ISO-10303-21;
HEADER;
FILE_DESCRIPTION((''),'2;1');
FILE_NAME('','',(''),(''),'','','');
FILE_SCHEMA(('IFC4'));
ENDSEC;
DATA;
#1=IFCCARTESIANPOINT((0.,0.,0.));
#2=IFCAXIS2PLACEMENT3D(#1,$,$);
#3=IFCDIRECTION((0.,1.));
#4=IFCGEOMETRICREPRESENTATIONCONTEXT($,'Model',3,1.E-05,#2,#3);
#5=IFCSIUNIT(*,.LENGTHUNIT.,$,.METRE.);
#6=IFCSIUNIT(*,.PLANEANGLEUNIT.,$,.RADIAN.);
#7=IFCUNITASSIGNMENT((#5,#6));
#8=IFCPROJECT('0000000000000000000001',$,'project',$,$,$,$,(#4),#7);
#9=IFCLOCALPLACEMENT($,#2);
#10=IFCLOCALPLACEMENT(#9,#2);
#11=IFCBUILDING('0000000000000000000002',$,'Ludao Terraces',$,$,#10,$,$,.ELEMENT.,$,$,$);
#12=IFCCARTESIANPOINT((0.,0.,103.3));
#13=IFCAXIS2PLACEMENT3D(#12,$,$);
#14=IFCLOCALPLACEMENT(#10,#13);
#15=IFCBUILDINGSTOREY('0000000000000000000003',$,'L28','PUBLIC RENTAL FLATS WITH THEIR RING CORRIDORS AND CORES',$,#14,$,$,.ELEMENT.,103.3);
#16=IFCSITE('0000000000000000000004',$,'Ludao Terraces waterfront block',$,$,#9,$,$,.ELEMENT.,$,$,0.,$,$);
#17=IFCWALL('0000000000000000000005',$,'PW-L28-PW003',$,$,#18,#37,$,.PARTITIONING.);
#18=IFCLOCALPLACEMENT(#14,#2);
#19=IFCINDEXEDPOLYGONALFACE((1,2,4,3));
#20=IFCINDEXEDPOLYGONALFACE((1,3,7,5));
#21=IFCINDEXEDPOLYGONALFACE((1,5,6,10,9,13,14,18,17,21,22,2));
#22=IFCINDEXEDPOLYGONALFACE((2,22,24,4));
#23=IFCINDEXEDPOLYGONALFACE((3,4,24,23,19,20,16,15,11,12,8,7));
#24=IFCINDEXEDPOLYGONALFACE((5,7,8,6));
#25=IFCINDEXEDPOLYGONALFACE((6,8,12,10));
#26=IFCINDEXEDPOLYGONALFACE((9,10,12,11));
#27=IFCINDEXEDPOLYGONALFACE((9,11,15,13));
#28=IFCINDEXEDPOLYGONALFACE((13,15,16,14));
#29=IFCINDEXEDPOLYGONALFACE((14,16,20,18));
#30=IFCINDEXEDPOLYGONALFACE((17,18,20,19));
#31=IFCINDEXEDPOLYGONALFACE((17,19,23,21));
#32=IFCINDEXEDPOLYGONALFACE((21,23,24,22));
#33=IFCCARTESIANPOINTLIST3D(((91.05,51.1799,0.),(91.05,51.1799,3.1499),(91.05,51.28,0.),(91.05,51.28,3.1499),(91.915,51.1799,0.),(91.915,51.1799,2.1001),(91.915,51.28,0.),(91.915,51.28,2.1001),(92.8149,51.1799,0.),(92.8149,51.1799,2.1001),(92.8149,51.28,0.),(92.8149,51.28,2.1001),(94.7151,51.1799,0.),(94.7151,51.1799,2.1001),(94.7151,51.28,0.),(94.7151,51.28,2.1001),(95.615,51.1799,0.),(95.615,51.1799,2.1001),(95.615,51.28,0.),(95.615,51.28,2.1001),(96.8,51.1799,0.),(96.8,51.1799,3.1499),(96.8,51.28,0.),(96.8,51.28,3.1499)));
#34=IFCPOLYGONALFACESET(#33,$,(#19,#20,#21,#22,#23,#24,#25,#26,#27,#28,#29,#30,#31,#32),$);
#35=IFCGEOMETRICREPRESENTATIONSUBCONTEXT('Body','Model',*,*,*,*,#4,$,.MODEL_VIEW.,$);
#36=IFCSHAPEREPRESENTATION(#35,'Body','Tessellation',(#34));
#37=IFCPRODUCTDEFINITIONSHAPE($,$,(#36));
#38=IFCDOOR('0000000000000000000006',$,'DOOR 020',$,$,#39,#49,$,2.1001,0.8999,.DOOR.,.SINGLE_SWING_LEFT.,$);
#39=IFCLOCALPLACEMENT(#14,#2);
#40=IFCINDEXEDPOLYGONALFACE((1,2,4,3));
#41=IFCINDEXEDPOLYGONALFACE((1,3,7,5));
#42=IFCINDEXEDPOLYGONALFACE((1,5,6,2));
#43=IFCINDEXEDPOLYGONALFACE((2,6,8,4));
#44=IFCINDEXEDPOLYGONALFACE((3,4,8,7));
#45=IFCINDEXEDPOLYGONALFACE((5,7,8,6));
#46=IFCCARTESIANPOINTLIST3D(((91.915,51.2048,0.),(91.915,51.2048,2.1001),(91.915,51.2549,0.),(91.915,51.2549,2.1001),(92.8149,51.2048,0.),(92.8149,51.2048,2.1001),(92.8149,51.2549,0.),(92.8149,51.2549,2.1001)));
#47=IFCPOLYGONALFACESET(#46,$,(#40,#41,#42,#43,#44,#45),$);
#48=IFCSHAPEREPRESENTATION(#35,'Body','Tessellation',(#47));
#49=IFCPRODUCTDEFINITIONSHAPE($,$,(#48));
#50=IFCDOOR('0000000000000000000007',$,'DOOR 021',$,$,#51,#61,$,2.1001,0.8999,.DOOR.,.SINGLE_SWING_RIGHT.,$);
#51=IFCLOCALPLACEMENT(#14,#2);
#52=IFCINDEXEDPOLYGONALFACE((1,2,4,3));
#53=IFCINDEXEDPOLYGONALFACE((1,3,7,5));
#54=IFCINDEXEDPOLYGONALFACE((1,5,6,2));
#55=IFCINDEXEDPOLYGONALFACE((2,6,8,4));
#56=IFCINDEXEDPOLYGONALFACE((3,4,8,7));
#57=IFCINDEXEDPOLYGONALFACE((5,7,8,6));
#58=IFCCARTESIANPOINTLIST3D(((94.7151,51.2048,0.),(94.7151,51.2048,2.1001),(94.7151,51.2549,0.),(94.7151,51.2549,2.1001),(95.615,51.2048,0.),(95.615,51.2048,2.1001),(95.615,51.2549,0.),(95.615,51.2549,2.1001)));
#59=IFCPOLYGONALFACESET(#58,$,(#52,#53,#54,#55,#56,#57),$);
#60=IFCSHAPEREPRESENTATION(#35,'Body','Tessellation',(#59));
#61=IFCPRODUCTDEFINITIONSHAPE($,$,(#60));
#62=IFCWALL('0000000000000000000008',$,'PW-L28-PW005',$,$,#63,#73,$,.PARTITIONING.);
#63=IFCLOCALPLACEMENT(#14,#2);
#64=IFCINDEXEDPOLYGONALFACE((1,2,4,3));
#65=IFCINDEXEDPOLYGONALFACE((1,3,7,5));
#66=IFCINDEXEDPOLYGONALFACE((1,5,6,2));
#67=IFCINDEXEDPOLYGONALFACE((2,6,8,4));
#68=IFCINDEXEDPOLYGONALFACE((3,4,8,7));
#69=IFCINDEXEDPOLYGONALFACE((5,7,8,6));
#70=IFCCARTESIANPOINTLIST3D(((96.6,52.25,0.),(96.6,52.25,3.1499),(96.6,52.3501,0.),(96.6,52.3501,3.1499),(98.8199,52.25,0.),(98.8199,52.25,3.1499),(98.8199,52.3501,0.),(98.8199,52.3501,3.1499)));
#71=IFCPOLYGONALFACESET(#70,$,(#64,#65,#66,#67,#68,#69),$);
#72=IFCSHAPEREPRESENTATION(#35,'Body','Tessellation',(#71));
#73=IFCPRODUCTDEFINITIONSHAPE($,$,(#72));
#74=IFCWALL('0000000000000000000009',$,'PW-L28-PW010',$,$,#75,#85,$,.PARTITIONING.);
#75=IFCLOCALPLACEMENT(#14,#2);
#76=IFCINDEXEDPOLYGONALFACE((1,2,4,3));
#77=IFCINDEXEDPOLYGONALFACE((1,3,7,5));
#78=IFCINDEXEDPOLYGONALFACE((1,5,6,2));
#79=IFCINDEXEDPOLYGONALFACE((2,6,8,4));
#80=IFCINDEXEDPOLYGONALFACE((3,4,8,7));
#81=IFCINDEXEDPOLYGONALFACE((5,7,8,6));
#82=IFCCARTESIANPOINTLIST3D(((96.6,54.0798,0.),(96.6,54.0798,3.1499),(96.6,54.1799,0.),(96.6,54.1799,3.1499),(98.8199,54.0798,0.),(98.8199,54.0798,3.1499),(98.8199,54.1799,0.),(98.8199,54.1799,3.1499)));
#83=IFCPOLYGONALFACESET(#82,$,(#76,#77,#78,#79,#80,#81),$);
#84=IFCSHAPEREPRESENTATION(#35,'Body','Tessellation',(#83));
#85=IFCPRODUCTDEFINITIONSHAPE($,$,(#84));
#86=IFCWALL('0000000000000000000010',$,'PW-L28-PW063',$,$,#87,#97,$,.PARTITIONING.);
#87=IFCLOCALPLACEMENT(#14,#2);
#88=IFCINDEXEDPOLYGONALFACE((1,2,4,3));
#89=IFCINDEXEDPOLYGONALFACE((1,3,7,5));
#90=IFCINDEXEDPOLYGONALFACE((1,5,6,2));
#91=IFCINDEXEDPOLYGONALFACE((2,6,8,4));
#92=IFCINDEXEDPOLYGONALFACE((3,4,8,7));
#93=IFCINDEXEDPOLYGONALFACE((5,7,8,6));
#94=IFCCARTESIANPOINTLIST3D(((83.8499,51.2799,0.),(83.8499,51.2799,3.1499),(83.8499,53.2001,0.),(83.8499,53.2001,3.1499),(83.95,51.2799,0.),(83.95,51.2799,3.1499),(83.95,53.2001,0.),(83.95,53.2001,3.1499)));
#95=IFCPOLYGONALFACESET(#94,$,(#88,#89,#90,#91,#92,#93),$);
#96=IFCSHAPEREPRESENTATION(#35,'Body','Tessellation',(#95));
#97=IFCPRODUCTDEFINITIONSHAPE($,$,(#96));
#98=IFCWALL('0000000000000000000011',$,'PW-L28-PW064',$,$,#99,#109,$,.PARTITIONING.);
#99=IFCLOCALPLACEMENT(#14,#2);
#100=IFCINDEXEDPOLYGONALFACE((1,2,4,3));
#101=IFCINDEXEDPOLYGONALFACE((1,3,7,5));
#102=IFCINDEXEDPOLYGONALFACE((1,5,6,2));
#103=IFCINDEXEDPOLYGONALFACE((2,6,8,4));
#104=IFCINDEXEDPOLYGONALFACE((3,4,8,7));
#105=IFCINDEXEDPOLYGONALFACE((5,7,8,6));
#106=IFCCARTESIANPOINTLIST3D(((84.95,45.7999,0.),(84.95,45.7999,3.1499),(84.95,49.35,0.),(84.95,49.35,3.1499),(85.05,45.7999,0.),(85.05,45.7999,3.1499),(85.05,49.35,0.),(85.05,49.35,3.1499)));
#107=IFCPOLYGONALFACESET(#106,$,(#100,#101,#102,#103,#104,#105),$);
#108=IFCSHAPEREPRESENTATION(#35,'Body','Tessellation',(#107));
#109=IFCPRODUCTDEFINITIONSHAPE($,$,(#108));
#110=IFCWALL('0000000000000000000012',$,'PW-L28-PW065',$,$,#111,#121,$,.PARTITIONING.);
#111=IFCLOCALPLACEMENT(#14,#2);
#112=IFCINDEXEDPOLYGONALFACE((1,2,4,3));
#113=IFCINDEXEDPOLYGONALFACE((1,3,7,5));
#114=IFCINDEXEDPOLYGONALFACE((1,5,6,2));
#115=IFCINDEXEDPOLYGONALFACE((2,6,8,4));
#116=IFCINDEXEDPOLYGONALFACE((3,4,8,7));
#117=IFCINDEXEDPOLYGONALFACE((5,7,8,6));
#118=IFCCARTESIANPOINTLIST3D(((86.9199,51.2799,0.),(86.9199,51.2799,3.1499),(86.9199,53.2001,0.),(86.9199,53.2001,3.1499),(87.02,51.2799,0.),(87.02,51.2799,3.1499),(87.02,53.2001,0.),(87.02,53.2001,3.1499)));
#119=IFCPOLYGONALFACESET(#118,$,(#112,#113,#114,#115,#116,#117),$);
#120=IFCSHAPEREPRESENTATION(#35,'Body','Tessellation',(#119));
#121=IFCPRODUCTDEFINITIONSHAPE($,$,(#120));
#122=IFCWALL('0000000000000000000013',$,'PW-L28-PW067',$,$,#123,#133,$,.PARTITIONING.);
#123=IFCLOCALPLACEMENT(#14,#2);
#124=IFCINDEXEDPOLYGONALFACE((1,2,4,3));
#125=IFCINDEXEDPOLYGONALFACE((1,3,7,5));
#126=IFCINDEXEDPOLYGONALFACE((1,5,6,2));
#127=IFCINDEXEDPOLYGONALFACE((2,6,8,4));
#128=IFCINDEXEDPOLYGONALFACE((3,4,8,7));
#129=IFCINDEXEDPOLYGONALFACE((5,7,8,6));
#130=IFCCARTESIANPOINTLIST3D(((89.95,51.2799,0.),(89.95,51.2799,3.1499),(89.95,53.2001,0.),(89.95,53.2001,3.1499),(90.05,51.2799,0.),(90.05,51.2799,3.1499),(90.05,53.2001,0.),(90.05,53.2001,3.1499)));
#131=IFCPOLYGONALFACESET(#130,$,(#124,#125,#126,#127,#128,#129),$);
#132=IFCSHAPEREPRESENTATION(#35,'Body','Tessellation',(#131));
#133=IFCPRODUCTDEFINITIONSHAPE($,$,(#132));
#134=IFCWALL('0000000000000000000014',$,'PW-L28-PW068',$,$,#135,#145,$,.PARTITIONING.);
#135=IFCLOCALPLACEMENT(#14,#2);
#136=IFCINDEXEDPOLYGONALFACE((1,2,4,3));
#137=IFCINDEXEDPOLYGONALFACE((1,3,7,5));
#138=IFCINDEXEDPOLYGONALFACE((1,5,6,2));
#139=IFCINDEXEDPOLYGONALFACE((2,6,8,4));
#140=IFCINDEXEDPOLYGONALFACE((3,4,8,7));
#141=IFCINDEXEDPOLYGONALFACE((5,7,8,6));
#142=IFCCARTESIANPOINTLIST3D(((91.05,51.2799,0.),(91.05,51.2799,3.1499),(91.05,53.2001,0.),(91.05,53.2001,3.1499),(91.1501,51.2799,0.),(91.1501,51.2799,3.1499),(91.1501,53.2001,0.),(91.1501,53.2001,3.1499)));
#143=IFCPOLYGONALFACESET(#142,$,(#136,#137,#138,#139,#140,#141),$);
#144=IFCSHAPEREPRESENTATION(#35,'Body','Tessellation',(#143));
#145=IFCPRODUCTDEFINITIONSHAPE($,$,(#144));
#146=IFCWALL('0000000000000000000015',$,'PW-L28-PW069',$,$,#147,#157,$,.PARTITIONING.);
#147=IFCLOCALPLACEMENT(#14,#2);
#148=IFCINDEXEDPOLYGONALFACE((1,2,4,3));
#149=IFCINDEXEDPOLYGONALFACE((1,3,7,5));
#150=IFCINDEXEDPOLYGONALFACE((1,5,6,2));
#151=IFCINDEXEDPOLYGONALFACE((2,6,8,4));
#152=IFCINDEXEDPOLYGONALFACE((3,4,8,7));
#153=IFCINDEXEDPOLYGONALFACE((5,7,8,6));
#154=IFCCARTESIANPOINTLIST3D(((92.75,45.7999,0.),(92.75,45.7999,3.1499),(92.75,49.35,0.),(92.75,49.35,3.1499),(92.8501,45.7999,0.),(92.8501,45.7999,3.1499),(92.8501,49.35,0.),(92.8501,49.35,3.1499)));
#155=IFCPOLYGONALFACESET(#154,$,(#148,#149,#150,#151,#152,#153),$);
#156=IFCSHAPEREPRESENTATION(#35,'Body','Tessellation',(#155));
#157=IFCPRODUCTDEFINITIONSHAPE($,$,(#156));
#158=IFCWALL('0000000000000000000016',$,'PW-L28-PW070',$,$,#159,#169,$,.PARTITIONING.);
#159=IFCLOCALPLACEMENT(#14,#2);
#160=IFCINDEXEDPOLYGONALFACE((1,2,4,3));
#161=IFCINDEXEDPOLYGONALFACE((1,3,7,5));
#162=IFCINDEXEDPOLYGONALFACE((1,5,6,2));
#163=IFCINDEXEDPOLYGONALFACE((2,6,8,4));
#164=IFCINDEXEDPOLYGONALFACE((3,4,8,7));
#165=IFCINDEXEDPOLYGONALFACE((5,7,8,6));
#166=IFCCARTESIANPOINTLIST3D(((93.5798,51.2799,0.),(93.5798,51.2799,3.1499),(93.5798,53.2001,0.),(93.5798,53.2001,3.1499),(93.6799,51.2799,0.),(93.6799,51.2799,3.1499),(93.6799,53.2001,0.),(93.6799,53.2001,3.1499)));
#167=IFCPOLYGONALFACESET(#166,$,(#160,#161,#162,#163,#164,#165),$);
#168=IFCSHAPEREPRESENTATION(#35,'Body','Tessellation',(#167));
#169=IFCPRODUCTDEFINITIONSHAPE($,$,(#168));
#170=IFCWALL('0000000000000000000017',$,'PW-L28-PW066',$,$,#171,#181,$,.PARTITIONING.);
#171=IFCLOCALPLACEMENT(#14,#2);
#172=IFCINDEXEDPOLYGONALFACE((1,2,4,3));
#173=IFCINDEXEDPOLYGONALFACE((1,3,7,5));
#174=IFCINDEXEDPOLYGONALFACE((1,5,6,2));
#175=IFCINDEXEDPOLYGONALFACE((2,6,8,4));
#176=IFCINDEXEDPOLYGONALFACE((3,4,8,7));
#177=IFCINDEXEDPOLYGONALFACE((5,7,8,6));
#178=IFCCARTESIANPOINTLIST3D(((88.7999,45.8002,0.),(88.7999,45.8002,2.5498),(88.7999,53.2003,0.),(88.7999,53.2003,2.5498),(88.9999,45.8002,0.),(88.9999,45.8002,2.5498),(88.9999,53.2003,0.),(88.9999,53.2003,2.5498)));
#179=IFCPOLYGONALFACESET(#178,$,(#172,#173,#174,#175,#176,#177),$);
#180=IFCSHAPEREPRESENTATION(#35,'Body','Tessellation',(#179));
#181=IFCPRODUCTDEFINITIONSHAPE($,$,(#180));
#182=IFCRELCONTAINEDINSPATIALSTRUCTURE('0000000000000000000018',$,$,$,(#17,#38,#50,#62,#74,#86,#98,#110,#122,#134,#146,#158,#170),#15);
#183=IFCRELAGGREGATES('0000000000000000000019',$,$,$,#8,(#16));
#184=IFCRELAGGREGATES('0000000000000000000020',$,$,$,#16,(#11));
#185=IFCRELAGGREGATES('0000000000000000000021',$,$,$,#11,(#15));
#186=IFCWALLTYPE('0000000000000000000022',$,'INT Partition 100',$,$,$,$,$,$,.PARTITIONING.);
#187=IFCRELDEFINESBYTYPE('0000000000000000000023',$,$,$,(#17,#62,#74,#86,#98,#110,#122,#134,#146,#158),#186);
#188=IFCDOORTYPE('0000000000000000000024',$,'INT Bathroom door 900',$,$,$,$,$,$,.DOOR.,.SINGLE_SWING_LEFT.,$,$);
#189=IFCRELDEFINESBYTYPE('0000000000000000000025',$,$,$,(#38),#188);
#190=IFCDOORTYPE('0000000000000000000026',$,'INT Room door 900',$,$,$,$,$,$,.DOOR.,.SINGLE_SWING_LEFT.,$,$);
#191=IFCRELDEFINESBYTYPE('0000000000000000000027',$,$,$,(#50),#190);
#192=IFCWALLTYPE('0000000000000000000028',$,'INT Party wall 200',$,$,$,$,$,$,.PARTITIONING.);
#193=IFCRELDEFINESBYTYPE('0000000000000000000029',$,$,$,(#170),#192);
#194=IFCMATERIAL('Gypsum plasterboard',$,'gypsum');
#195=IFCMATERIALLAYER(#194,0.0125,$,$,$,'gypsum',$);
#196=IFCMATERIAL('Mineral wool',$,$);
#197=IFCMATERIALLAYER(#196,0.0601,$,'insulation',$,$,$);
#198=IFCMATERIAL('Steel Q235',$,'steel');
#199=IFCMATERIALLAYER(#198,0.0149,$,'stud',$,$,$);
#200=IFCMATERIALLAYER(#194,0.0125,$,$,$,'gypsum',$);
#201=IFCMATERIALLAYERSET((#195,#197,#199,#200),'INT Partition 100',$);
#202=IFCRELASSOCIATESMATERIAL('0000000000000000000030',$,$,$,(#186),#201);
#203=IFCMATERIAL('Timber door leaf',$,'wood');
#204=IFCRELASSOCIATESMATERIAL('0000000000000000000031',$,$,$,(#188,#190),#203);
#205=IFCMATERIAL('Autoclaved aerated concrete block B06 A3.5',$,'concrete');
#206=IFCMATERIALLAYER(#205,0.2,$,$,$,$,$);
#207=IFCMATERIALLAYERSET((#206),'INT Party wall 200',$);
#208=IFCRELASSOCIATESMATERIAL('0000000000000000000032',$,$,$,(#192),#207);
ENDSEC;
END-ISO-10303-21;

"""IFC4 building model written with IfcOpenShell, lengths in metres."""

from ifc_helpers import new_model, si_unit, direction, frame, frame_2d, origin, place, context, subcontext, project, spatial, rectangle, extrude, material, layer, layer_set, type_object, element, fill, save


model = new_model("IFC4")

# Units and contexts
model_context = context("Model", 3, precision=1e-05, world=origin(), true_north=direction((0.0, 1.0)))
body_context = subcontext(model_context, "Body", "Model", "MODEL_VIEW")
ifc_project = project(units=[si_unit("LENGTHUNIT", "METRE"), si_unit("PLANEANGLEUNIT", "RADIAN")], contexts=[model_context])

# Site, building, storey
site_placement = place(None, origin())
site = spatial("IfcSite", under=ifc_project, at=site_placement, Name="Ludao Terraces waterfront block", CompositionType="ELEMENT", RefElevation=0.0)
building_placement = place(site_placement, origin())
building = spatial("IfcBuilding", under=site, at=building_placement, Name="Ludao Terraces", CompositionType="ELEMENT")
storey_placement = place(building_placement, frame((0.0, 0.0, 103.3)))
storey = spatial("IfcBuildingStorey", under=building, at=storey_placement, Name="L28", Description="PUBLIC RENTAL FLATS WITH THEIR RING CORRIDORS AND CORES", CompositionType="ELEMENT", Elevation=103.3)

# Shared definitions
ifc_material_1 = material(Name="Steel Q235", Category="steel")

# Shared definitions
ifc_material_2 = material(Name="Mineral wool")

# Wall, openings, doors
ifc_material_3 = material(Name="Gypsum plasterboard", Category="gypsum")
ifc_layer_1 = layer(ifc_material_3, 0.0125, Category="gypsum")
ifc_layer_2 = layer(ifc_material_2, 0.0601, Name="insulation")
ifc_layer_3 = layer(ifc_material_1, 0.0149, Name="stud")
ifc_layer_4 = layer(ifc_material_3, 0.0125, Category="gypsum")
ifc_layer_set_1 = layer_set([ifc_layer_1, ifc_layer_2, ifc_layer_3, ifc_layer_4], Name="INT Partition 100")
wall_type_1 = type_object("IfcWallType", Name="INT Partition 100", PredefinedType="PARTITIONING", material=ifc_layer_set_1)
wall_1_placement = place(storey_placement, frame((91.05, 51.23, 0.0), z_axis=(0.0, 0.0, 1.0), x_axis=(1.0, 0.0, 0.0)))
wall_1 = element("IfcWall", 1, at=wall_1_placement, inside=storey, type_object=wall_type_1, Name="PW-L28-PW003", PredefinedType="PARTITIONING", context=body_context, shape_type="SweptSolid", body=[
    extrude(rectangle(XDim=5.75, YDim=0.1001, at=frame_2d((2.875, 0.0))), origin(), (0.0, 0.0, 1.0), 3.1499),
])
opening_1_placement = place(wall_1_placement, frame((0.865, 0.0, 0.0)))
opening_1 = element("IfcOpeningElement", 2, at=opening_1_placement, cuts=wall_1, PredefinedType="OPENING", context=body_context, shape_type="SweptSolid", body=[
    extrude(rectangle(XDim=0.8999, YDim=2.1001, at=frame_2d((0.45, 1.05))), frame((0.0, 0.0601, 0.0), z_axis=(0.0, -1.0, 0.0), x_axis=(1.0, 0.0, 0.0)), (0.0, 0.0, 1.0), 0.1201),
])
opening_2_placement = place(wall_1_placement, frame((3.665, 0.0, 0.0)))
opening_2 = element("IfcOpeningElement", 3, at=opening_2_placement, cuts=wall_1, PredefinedType="OPENING", context=body_context, shape_type="SweptSolid", body=[
    extrude(rectangle(XDim=0.8999, YDim=2.1001, at=frame_2d((0.45, 1.05))), frame((0.0, 0.0601, 0.0), z_axis=(0.0, -1.0, 0.0), x_axis=(1.0, 0.0, 0.0)), (0.0, 0.0, 1.0), 0.1201),
])
ifc_material_4 = material(Name="Timber door leaf", Category="wood")
door_type_1 = type_object("IfcDoorType", Name="INT Bathroom door 900", OperationType="SINGLE_SWING_LEFT", PredefinedType="DOOR", material=ifc_material_4)
door_1_placement = place(opening_1_placement, origin())
door_1 = element("IfcDoor", 4, at=door_1_placement, inside=storey, type_object=door_type_1, Name="DOOR 020", OperationType="SINGLE_SWING_LEFT", OverallHeight=2.1001, OverallWidth=0.8999, PredefinedType="DOOR", context=body_context, shape_type="SweptSolid", body=[
    extrude(rectangle(XDim=0.8999, YDim=2.1001, at=frame_2d((0.45, 1.05))), frame((0.0, 0.0249, 0.0), z_axis=(0.0, -1.0, 0.0), x_axis=(1.0, 0.0, 0.0)), (0.0, 0.0, 1.0), 0.05),
])
fill(opening_1, door_1)
door_type_2 = type_object("IfcDoorType", Name="INT Room door 900", OperationType="SINGLE_SWING_LEFT", PredefinedType="DOOR", material=ifc_material_4)
door_2_placement = place(opening_2_placement, origin())
door_2 = element("IfcDoor", 5, at=door_2_placement, inside=storey, type_object=door_type_2, Name="DOOR 021", OperationType="SINGLE_SWING_RIGHT", OverallHeight=2.1001, OverallWidth=0.8999, PredefinedType="DOOR", context=body_context, shape_type="SweptSolid", body=[
    extrude(rectangle(XDim=0.8999, YDim=2.1001, at=frame_2d((0.45, 1.05))), frame((0.0, 0.0249, 0.0), z_axis=(0.0, -1.0, 0.0), x_axis=(1.0, 0.0, 0.0)), (0.0, 0.0, 1.0), 0.05),
])
fill(opening_2, door_2)

# Walls
for number, where, z_axis, x_axis, name in (
    (6, (96.6001, 52.3, 0.0), (0.0, 0.0, 1.0), (1.0, 0.0, 0.0), "PW-L28-PW005"),
    (7, (96.6001, 54.1299, 0.0), (0.0, 0.0, 1.0), (1.0, 0.0, 0.0), "PW-L28-PW010"),
):
    element("IfcWall", number, at=place(storey_placement, frame(where, z_axis=z_axis, x_axis=x_axis)), inside=storey, type_object=wall_type_1, Name=name, PredefinedType="PARTITIONING", context=body_context, shape_type="SweptSolid", body=[
        extrude(rectangle(XDim=2.22, YDim=0.1001, at=frame_2d((1.1099, 0.0))), origin(), (0.0, 0.0, 1.0), 3.1499),
    ])
wall_2_placement = place(storey_placement, frame((83.8999, 51.28, 0.0), z_axis=(0.0, 0.0, 1.0), x_axis=(0.0, 1.0, 0.0)))
element("IfcWall", 8, at=wall_2_placement, inside=storey, type_object=wall_type_1, Name="PW-L28-PW063", PredefinedType="PARTITIONING", context=body_context, shape_type="SweptSolid", body=[
    extrude(rectangle(XDim=1.9202, YDim=0.1001, at=frame_2d((0.96, 0.0))), origin(), (0.0, 0.0, 1.0), 3.1499),
])
wall_3_placement = place(storey_placement, frame((85.0, 45.8, 0.0), z_axis=(0.0, 0.0, 1.0), x_axis=(0.0, 1.0, 0.0)))
element("IfcWall", 9, at=wall_3_placement, inside=storey, type_object=wall_type_1, Name="PW-L28-PW064", PredefinedType="PARTITIONING", context=body_context, shape_type="SweptSolid", body=[
    extrude(rectangle(XDim=3.55, YDim=0.1001, at=frame_2d((1.7749, 0.0))), origin(), (0.0, 0.0, 1.0), 3.1499),
])
for number, where, z_axis, x_axis, name in (
    (10, (86.97, 51.28, 0.0), (0.0, 0.0, 1.0), (0.0, 1.0, 0.0), "PW-L28-PW065"),
    (11, (90.0, 51.28, 0.0), (0.0, 0.0, 1.0), (0.0, 1.0, 0.0), "PW-L28-PW067"),
    (12, (91.1001, 51.28, 0.0), (0.0, 0.0, 1.0), (0.0, 1.0, 0.0), "PW-L28-PW068"),
):
    element("IfcWall", number, at=place(storey_placement, frame(where, z_axis=z_axis, x_axis=x_axis)), inside=storey, type_object=wall_type_1, Name=name, PredefinedType="PARTITIONING", context=body_context, shape_type="SweptSolid", body=[
        extrude(rectangle(XDim=1.9202, YDim=0.1001, at=frame_2d((0.96, 0.0))), origin(), (0.0, 0.0, 1.0), 3.1499),
    ])
wall_4_placement = place(storey_placement, frame((92.8, 45.8, 0.0), z_axis=(0.0, 0.0, 1.0), x_axis=(0.0, 1.0, 0.0)))
element("IfcWall", 13, at=wall_4_placement, inside=storey, type_object=wall_type_1, Name="PW-L28-PW069", PredefinedType="PARTITIONING", context=body_context, shape_type="SweptSolid", body=[
    extrude(rectangle(XDim=3.55, YDim=0.1001, at=frame_2d((1.7749, 0.0))), origin(), (0.0, 0.0, 1.0), 3.1499),
])
wall_5_placement = place(storey_placement, frame((93.6299, 51.28, 0.0), z_axis=(0.0, 0.0, 1.0), x_axis=(0.0, 1.0, 0.0)))
element("IfcWall", 14, at=wall_5_placement, inside=storey, type_object=wall_type_1, Name="PW-L28-PW070", PredefinedType="PARTITIONING", context=body_context, shape_type="SweptSolid", body=[
    extrude(rectangle(XDim=1.9202, YDim=0.1001, at=frame_2d((0.96, 0.0))), origin(), (0.0, 0.0, 1.0), 3.1499),
])
ifc_material_5 = material(Name="Autoclaved aerated concrete block B06 A3.5", Category="concrete")
ifc_layer_5 = layer(ifc_material_5, 0.2)
ifc_layer_set_2 = layer_set([ifc_layer_5], Name="INT Party wall 200")
wall_type_2 = type_object("IfcWallType", Name="INT Party wall 200", PredefinedType="PARTITIONING", material=ifc_layer_set_2)
wall_6_placement = place(storey_placement, frame((88.8999, 45.8, 0.0), z_axis=(0.0, 0.0, 1.0), x_axis=(0.0, 1.0, 0.0)))
element("IfcWall", 15, at=wall_6_placement, inside=storey, type_object=wall_type_2, Name="PW-L28-PW066", PredefinedType="PARTITIONING", context=body_context, shape_type="SweptSolid", body=[
    extrude(rectangle(XDim=7.4001, YDim=0.2, at=frame_2d((3.7002, 0.0))), origin(), (0.0, 0.0, 1.0), 2.5498),
])

save(model, "model.ifc")
